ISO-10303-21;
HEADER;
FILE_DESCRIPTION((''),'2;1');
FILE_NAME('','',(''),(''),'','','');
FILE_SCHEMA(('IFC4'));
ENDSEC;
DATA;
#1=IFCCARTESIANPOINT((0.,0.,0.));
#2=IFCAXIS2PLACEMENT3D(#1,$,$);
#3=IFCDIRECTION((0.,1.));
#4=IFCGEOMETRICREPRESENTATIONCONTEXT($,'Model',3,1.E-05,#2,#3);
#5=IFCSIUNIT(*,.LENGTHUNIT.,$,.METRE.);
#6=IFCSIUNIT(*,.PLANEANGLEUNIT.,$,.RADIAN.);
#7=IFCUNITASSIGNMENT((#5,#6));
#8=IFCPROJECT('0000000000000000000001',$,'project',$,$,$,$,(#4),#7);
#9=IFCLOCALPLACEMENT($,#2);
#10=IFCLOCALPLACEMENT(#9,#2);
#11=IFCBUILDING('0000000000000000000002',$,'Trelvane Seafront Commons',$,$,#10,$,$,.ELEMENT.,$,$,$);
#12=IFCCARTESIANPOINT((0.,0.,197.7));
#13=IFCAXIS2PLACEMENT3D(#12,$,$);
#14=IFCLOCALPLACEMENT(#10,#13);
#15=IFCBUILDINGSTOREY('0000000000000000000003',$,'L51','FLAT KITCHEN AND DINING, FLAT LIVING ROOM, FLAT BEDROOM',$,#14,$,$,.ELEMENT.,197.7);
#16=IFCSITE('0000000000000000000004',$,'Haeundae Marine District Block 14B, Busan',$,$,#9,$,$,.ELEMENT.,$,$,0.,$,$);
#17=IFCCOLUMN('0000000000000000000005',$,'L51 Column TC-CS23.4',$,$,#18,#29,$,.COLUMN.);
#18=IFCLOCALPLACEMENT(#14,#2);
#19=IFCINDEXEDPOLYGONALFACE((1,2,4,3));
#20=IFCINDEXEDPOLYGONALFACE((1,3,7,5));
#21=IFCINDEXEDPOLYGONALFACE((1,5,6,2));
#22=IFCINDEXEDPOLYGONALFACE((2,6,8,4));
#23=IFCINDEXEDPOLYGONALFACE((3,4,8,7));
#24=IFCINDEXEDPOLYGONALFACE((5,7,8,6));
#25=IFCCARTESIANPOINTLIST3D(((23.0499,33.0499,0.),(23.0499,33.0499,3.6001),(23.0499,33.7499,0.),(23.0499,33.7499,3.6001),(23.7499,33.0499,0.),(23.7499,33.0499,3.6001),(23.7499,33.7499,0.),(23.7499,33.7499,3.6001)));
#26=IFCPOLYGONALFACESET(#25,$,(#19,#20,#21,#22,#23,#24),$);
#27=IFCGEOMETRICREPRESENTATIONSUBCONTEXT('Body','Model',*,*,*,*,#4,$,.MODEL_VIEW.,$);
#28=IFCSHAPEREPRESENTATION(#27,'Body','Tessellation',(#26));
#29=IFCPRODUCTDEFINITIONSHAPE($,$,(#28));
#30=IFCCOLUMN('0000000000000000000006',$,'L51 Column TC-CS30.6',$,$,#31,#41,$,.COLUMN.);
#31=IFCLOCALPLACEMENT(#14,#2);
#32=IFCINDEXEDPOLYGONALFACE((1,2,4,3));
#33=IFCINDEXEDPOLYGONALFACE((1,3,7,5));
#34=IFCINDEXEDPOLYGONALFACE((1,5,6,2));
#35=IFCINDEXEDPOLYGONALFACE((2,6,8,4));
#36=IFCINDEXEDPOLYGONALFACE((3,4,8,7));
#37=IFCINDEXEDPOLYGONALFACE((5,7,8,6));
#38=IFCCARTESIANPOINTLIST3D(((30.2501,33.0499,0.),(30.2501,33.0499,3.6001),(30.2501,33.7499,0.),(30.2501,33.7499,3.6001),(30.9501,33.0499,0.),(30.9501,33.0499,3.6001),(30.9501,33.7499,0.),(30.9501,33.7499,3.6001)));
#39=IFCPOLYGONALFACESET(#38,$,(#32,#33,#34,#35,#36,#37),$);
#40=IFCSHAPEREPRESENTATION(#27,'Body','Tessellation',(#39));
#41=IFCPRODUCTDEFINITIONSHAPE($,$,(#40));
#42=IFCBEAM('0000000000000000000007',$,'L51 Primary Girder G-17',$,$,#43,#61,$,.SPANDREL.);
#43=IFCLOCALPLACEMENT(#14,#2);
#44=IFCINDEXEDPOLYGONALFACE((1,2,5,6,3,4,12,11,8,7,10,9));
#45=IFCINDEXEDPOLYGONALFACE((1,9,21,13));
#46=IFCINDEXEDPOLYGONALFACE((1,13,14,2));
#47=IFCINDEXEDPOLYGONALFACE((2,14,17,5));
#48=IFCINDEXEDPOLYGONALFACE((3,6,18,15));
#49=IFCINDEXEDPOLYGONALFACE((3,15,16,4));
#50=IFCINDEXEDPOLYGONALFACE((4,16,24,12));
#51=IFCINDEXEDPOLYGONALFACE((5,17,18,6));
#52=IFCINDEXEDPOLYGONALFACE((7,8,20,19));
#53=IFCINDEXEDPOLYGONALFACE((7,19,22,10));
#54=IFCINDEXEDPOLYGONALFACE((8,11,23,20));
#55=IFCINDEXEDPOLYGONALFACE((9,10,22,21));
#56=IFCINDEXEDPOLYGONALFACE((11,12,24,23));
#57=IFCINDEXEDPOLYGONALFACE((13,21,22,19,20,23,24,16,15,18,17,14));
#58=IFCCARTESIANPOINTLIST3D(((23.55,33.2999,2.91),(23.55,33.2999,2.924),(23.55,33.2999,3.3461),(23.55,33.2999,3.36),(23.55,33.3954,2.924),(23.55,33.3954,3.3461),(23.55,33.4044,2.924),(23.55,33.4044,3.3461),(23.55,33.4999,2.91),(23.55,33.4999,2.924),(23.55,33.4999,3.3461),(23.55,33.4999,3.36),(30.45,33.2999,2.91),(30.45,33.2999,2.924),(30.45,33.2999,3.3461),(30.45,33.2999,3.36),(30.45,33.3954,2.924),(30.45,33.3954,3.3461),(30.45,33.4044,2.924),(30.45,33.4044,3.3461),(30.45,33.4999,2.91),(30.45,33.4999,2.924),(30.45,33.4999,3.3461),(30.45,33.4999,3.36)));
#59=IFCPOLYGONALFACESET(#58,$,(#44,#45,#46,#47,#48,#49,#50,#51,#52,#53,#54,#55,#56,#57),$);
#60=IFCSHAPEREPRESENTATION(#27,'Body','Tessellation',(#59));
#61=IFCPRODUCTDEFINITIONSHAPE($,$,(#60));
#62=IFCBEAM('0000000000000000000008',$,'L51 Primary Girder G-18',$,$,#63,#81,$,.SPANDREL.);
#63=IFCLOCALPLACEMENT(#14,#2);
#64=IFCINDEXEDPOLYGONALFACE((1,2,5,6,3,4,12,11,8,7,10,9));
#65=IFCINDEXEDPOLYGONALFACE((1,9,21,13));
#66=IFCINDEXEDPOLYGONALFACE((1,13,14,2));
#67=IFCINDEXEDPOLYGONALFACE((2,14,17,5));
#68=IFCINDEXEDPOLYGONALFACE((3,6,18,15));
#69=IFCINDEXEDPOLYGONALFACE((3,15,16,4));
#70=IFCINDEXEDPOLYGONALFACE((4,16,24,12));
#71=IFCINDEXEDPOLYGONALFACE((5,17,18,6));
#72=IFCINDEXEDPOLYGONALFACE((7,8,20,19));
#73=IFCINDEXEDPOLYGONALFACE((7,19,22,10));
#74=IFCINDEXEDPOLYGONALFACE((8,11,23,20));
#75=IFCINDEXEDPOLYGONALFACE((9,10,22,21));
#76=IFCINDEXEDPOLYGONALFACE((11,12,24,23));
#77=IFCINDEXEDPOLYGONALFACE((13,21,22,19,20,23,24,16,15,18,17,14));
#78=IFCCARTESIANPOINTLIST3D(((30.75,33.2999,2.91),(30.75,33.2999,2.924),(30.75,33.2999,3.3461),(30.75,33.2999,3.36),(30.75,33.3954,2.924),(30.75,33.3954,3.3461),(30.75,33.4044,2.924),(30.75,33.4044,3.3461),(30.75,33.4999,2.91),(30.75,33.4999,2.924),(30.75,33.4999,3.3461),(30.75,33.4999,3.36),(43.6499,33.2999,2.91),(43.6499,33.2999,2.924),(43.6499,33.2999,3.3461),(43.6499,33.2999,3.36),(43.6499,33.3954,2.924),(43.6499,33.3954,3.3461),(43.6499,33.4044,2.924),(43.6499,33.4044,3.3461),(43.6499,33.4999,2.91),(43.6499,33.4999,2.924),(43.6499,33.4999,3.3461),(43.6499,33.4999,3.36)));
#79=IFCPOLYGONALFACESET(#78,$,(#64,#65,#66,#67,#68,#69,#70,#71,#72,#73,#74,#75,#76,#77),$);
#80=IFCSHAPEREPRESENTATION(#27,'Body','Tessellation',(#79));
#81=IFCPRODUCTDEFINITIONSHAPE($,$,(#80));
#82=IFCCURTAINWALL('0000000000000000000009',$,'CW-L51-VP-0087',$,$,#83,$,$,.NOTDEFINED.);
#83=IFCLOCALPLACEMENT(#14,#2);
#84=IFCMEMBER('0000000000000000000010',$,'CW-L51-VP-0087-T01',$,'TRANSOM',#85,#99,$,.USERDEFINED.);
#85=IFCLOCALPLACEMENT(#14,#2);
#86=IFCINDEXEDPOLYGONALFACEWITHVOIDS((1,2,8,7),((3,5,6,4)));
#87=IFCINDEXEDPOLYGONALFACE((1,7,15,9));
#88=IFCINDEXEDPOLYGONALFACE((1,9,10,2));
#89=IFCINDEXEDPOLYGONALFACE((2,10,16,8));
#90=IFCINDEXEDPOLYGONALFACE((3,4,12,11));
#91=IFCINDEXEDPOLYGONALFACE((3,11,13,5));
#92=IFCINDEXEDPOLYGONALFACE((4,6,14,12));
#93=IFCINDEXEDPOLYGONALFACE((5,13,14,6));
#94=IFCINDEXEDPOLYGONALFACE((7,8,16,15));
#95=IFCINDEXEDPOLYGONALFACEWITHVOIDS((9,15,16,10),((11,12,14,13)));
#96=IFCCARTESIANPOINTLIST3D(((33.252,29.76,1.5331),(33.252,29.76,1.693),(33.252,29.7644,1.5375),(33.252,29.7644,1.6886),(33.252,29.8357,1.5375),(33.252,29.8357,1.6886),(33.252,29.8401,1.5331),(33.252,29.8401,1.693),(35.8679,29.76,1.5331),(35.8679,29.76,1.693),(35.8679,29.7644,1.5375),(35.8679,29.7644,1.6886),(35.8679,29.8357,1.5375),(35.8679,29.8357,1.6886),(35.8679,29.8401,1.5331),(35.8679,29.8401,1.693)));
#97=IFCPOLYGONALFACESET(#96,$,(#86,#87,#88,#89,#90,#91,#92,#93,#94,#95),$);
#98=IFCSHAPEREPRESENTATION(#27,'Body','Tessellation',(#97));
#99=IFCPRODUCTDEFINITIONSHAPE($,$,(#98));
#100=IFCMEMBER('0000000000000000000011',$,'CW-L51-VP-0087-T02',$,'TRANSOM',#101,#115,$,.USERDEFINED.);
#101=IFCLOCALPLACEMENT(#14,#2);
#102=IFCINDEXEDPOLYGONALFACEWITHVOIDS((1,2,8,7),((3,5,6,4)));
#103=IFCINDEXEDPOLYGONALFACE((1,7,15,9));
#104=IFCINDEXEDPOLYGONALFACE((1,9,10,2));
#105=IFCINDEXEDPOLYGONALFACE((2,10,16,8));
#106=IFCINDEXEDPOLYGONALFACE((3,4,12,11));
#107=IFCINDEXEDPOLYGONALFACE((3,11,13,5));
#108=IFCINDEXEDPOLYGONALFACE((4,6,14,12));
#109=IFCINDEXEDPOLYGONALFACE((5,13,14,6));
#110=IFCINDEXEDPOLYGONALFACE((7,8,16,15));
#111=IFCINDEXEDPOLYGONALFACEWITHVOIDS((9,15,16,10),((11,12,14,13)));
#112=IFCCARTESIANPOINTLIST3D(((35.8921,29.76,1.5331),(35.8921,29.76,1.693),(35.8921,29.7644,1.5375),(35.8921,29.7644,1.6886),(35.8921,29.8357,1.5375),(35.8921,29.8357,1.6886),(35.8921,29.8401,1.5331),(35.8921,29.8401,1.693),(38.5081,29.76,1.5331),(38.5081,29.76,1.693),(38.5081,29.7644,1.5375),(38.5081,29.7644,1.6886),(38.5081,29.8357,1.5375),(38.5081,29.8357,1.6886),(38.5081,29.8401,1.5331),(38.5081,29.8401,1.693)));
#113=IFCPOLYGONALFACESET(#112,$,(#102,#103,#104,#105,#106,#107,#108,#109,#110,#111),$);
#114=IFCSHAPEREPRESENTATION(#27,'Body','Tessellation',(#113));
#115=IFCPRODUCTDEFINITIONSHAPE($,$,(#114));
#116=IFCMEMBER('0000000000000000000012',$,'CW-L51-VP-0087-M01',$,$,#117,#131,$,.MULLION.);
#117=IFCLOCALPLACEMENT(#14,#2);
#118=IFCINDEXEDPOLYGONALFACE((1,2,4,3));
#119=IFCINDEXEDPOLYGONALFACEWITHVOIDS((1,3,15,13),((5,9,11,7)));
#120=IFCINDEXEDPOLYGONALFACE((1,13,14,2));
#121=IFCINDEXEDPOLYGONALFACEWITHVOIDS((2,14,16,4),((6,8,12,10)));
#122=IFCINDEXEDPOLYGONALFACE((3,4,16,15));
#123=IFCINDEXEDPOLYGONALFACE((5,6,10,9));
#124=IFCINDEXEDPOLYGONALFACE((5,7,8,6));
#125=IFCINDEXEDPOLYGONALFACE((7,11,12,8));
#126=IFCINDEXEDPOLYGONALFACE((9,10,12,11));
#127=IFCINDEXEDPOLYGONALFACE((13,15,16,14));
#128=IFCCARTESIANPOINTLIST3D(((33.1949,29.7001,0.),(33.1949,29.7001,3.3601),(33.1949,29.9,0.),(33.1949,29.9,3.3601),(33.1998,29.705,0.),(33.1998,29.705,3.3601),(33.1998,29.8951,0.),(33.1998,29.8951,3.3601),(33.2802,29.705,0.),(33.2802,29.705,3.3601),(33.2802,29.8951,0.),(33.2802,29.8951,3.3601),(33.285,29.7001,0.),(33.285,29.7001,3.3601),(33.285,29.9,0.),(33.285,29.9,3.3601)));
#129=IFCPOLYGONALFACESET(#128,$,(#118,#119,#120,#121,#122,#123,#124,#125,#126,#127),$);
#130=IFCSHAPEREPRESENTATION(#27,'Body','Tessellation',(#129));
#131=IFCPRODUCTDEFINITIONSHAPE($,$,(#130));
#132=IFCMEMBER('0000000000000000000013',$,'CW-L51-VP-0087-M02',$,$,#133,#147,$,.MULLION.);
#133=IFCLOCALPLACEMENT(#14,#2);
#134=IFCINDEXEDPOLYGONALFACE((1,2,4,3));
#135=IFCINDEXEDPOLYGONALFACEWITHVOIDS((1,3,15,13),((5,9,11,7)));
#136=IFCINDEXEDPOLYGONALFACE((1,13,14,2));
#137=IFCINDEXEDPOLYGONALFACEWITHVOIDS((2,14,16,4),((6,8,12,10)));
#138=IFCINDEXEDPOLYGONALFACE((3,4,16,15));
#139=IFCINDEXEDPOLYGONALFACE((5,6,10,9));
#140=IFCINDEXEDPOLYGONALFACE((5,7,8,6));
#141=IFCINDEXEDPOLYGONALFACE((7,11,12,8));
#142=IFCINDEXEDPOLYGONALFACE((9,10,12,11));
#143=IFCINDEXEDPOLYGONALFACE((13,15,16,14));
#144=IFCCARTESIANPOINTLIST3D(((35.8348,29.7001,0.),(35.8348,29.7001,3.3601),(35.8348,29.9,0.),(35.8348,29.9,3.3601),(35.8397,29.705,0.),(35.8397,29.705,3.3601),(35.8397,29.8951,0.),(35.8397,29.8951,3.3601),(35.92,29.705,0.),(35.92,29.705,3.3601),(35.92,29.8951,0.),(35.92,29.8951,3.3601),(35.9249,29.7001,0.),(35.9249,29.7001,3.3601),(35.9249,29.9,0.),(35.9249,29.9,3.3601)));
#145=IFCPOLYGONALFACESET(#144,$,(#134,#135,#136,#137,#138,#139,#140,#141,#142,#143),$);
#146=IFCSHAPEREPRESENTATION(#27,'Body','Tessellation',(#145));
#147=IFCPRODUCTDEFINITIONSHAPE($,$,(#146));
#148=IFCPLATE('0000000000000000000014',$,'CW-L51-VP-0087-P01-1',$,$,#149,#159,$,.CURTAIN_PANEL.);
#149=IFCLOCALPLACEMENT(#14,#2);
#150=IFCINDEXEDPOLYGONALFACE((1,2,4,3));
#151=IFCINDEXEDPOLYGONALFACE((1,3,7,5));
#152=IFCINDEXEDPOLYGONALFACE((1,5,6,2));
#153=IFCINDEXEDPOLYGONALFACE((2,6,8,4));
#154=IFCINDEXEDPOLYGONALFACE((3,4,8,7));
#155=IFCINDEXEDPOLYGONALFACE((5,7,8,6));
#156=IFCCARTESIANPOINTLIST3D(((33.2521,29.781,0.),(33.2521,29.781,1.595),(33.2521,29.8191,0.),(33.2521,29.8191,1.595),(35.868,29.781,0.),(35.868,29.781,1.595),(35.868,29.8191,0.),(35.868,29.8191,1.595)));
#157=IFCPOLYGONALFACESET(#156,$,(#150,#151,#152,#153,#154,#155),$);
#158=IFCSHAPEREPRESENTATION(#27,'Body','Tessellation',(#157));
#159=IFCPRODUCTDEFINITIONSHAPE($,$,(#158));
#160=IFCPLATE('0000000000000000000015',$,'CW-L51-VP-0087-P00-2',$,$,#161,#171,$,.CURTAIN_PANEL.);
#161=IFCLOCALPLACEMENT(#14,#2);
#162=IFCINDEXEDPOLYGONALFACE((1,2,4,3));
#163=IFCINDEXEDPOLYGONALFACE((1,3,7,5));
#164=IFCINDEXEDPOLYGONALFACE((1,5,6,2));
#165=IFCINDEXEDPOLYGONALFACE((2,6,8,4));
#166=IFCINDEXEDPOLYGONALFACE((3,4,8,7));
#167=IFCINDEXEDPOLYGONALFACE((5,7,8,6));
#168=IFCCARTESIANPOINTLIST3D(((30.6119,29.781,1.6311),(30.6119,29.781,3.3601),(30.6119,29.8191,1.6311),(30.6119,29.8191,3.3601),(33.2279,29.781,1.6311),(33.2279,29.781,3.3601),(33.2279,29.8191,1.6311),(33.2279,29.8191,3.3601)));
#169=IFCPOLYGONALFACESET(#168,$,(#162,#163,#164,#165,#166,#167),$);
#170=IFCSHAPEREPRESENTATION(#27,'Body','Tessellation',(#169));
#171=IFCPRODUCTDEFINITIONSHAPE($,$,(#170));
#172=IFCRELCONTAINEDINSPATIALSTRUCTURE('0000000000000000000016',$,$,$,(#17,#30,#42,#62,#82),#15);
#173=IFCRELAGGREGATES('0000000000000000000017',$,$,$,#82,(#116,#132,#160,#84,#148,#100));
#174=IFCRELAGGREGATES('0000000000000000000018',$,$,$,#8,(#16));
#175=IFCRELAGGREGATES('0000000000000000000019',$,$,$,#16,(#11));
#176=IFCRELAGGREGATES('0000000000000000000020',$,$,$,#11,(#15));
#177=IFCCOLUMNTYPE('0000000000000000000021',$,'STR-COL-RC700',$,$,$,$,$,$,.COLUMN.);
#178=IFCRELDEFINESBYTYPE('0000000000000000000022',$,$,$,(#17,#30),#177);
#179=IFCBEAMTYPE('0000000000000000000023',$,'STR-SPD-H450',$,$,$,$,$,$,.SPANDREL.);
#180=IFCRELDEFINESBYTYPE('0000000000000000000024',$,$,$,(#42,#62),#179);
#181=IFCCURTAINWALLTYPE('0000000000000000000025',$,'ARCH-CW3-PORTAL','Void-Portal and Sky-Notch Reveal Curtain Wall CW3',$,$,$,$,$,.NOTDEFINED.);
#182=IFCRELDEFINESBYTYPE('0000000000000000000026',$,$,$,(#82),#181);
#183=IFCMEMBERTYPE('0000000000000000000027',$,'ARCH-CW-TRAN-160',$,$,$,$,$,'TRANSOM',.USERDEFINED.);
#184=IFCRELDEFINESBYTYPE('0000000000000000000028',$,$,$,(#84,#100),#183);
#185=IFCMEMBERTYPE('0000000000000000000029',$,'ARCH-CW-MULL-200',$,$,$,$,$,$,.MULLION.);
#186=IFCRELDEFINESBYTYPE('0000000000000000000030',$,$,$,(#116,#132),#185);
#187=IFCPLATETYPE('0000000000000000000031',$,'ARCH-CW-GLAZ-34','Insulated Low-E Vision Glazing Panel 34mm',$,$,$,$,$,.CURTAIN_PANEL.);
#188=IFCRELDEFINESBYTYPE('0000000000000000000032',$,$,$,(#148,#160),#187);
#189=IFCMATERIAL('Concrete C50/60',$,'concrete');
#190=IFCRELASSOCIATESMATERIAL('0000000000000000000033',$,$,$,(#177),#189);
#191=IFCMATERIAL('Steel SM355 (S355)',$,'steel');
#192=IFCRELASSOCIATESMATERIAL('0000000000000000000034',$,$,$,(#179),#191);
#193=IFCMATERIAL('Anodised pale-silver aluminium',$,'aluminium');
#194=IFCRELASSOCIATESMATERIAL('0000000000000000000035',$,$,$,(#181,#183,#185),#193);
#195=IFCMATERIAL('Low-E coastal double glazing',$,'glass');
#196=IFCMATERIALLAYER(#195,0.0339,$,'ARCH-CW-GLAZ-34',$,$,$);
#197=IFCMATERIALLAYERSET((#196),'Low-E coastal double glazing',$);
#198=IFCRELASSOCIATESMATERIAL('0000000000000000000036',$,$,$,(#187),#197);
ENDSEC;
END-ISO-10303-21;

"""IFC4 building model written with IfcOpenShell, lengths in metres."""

from ifc_helpers import new_model, si_unit, direction, frame, origin, origin_2d, place, context, subcontext, project, spatial, rectangle, hollow_rectangle, i_section, extrude, source, transform, mapped, material, layer, layer_set, material_profile, profile_set, type_object, element, aggregate, save


model = new_model("IFC4")

# Units and contexts
model_context = context("Model", 3, precision=1e-05, world=origin(), true_north=direction((0.0, 1.0)))
body_context = subcontext(model_context, "Body", "Model", "MODEL_VIEW")
ifc_project = project(units=[si_unit("LENGTHUNIT", "METRE"), si_unit("PLANEANGLEUNIT", "RADIAN")], contexts=[model_context])

# Site, building, storey
site_placement = place(None, origin())
site = spatial("IfcSite", under=ifc_project, at=site_placement, Name="Haeundae Marine District Block 14B, Busan", CompositionType="ELEMENT", RefElevation=0.0)
building_placement = place(site_placement, origin())
building = spatial("IfcBuilding", under=site, at=building_placement, Name="Trelvane Seafront Commons", CompositionType="ELEMENT")
storey_placement = place(building_placement, frame((0.0, 0.0, 197.7)))
storey = spatial("IfcBuildingStorey", under=building, at=storey_placement, Name="L51", Description="FLAT KITCHEN AND DINING, FLAT LIVING ROOM, FLAT BEDROOM", CompositionType="ELEMENT", Elevation=197.7)

# Columns
ifc_material_1 = material(Name="Concrete C50/60", Category="concrete")
ifc_material_profile_1 = material_profile(ifc_material_1, rectangle(XDim=0.7, YDim=0.7, at=origin_2d()), Name="RC-700x700")
ifc_profile_set_1 = profile_set([ifc_material_profile_1], Name="Concrete C50/60")
column_type = type_object("IfcColumnType", Name="STR-COL-RC700", PredefinedType="COLUMN", material=ifc_profile_set_1)
shared_shape_1 = source(origin(), body_context, "Body", "SweptSolid", [
    extrude(rectangle(XDim=0.7, YDim=0.7, at=origin_2d()), origin(), (0.0, 0.0, 1.0), 3.6001),
])
for number, where, z_axis, x_axis, name in (
    (1, (23.3999, 33.3999, 0.0), (0.0, 0.0, 1.0), (1.0, 0.0, 0.0), "L51 Column TC-CS23.4"),
    (2, (30.6001, 33.3999, 0.0), (0.0, 0.0, 1.0), (1.0, 0.0, 0.0), "L51 Column TC-CS30.6"),
):
    element("IfcColumn", number, at=place(storey_placement, frame(where, z_axis=z_axis, x_axis=x_axis)), inside=storey, type_object=column_type, Name=name, PredefinedType="COLUMN", context=body_context, shape_type="MappedRepresentation", body=[
        mapped(shared_shape_1, transform((0.0, 0.0, 0.0), x_axis=(1.0, 0.0, 0.0), y_axis=(0.0, 1.0, 0.0), z_axis=(0.0, 0.0, 1.0), scale=1.0)),
    ])

# Beams
ifc_material_2 = material(Name="Steel SM355 (S355)", Category="steel")
ifc_material_profile_2 = material_profile(ifc_material_2, i_section(OverallWidth=0.2, OverallDepth=0.45, WebThickness=0.009, FlangeThickness=0.0139, at=origin_2d()), Name="H-450x200x9x14")
ifc_profile_set_2 = profile_set([ifc_material_profile_2], Name="Steel SM355 (S355)")
beam_type = type_object("IfcBeamType", Name="STR-SPD-H450", PredefinedType="SPANDREL", material=ifc_profile_set_2)
shared_shape_2 = source(origin(), body_context, "Body", "SweptSolid", [
    extrude(i_section(OverallWidth=0.2, OverallDepth=0.45, WebThickness=0.009, FlangeThickness=0.0139, at=origin_2d()), origin(), (0.0, 0.0, 1.0), 6.8999),
])
beam_1_placement = place(storey_placement, frame((23.55, 33.3999, 3.135), z_axis=(1.0, 0.0, 0.0), x_axis=(0.0, 1.0, 0.0)))
element("IfcBeam", 3, at=beam_1_placement, inside=storey, type_object=beam_type, Name="L51 Primary Girder G-17", PredefinedType="SPANDREL", context=body_context, shape_type="MappedRepresentation", body=[
    mapped(shared_shape_2, transform((0.0, 0.0, 0.0), x_axis=(1.0, 0.0, 0.0), y_axis=(0.0, 1.0, 0.0), z_axis=(0.0, 0.0, 1.0), scale=1.0)),
])
shared_shape_3 = source(origin(), body_context, "Body", "SweptSolid", [
    extrude(i_section(OverallWidth=0.2, OverallDepth=0.45, WebThickness=0.009, FlangeThickness=0.0139, at=origin_2d()), origin(), (0.0, 0.0, 1.0), 12.8999),
])
beam_2_placement = place(storey_placement, frame((30.75, 33.3999, 3.135), z_axis=(1.0, 0.0, 0.0), x_axis=(0.0, 1.0, 0.0)))
element("IfcBeam", 4, at=beam_2_placement, inside=storey, type_object=beam_type, Name="L51 Primary Girder G-18", PredefinedType="SPANDREL", context=body_context, shape_type="MappedRepresentation", body=[
    mapped(shared_shape_3, transform((0.0, 0.0, 0.0), x_axis=(1.0, 0.0, 0.0), y_axis=(0.0, 1.0, 0.0), z_axis=(0.0, 0.0, 1.0), scale=1.0)),
])

# Curtain wall, members, plates
ifc_material_3 = material(Name="Anodised pale-silver aluminium", Category="aluminium")
curtain_wall_type = type_object("IfcCurtainWallType", Name="ARCH-CW3-PORTAL", Description="Void-Portal and Sky-Notch Reveal Curtain Wall CW3", PredefinedType="NOTDEFINED", material=ifc_material_3)
curtain_wall_placement = place(storey_placement, origin())
curtain_wall = element("IfcCurtainWall", 5, at=curtain_wall_placement, inside=storey, type_object=curtain_wall_type, Name="CW-L51-VP-0087", PredefinedType="NOTDEFINED")
ifc_material_profile_3 = material_profile(ifc_material_3, hollow_rectangle(XDim=0.0801, YDim=0.1599, WallThickness=0.0044, at=origin_2d()), Name="TRAN-80x160x4.5")
ifc_profile_set_3 = profile_set([ifc_material_profile_3], Name="Anodised pale-silver aluminium")
member_type_1 = type_object("IfcMemberType", Name="ARCH-CW-TRAN-160", ElementType="TRANSOM", PredefinedType="USERDEFINED", material=ifc_profile_set_3)
shared_shape_4 = source(origin(), body_context, "Body", "SweptSolid", [
    extrude(hollow_rectangle(XDim=0.0801, YDim=0.1599, WallThickness=0.0044, at=origin_2d()), origin(), (0.0, 0.0, 1.0), 2.616),
])
member_1_placement = place(storey_placement, frame((33.252, 29.8, 1.613), z_axis=(1.0, 0.0, 0.0), x_axis=(0.0, 1.0, 0.0)))
member_1 = element("IfcMember", 6, at=member_1_placement, type_object=member_type_1, Name="CW-L51-VP-0087-T01", ObjectType="TRANSOM", PredefinedType="USERDEFINED", context=body_context, shape_type="MappedRepresentation", body=[
    mapped(shared_shape_4, transform((0.0, 0.0, 0.0), x_axis=(1.0, 0.0, 0.0), y_axis=(0.0, 1.0, 0.0), z_axis=(0.0, 0.0, 1.0), scale=1.0)),
])
member_2_placement = place(storey_placement, frame((35.8921, 29.8, 1.613), z_axis=(1.0, 0.0, 0.0), x_axis=(0.0, 1.0, 0.0)))
member_2 = element("IfcMember", 7, at=member_2_placement, type_object=member_type_1, Name="CW-L51-VP-0087-T02", ObjectType="TRANSOM", PredefinedType="USERDEFINED", context=body_context, shape_type="MappedRepresentation", body=[
    mapped(shared_shape_4, transform((0.0, 0.0, 0.0), x_axis=(1.0, 0.0, 0.0), y_axis=(0.0, 1.0, 0.0), z_axis=(0.0, 0.0, 1.0), scale=1.0)),
])
ifc_material_profile_4 = material_profile(ifc_material_3, hollow_rectangle(XDim=0.0901, YDim=0.2, WallThickness=0.0049, at=origin_2d()), Name="MULL-90x200x5")
ifc_profile_set_4 = profile_set([ifc_material_profile_4], Name="Anodised pale-silver aluminium")
member_type_2 = type_object("IfcMemberType", Name="ARCH-CW-MULL-200", PredefinedType="MULLION", material=ifc_profile_set_4)
shared_shape_5 = source(origin(), body_context, "Body", "SweptSolid", [
    extrude(hollow_rectangle(XDim=0.0901, YDim=0.2, WallThickness=0.0049, at=origin_2d()), origin(), (0.0, 0.0, 1.0), 3.3601),
])
member_3_placement = place(storey_placement, frame((33.24, 29.8, 0.0), z_axis=(0.0, 0.0, 1.0), x_axis=(1.0, 0.0, 0.0)))
member_3 = element("IfcMember", 8, at=member_3_placement, type_object=member_type_2, Name="CW-L51-VP-0087-M01", PredefinedType="MULLION", context=body_context, shape_type="MappedRepresentation", body=[
    mapped(shared_shape_5, transform((0.0, 0.0, 0.0), x_axis=(1.0, 0.0, 0.0), y_axis=(0.0, 1.0, 0.0), z_axis=(0.0, 0.0, 1.0), scale=1.0)),
])
member_4_placement = place(storey_placement, frame((35.8799, 29.8, 0.0), z_axis=(0.0, 0.0, 1.0), x_axis=(1.0, 0.0, 0.0)))
member_4 = element("IfcMember", 9, at=member_4_placement, type_object=member_type_2, Name="CW-L51-VP-0087-M02", PredefinedType="MULLION", context=body_context, shape_type="MappedRepresentation", body=[
    mapped(shared_shape_5, transform((0.0, 0.0, 0.0), x_axis=(1.0, 0.0, 0.0), y_axis=(0.0, 1.0, 0.0), z_axis=(0.0, 0.0, 1.0), scale=1.0)),
])
ifc_material_4 = material(Name="Low-E coastal double glazing", Category="glass")
ifc_layer_1 = layer(ifc_material_4, 0.0339, Name="ARCH-CW-GLAZ-34")
ifc_layer_set_1 = layer_set([ifc_layer_1], Name="Low-E coastal double glazing")
plate_type = type_object("IfcPlateType", Name="ARCH-CW-GLAZ-34", Description="Insulated Low-E Vision Glazing Panel 34mm", PredefinedType="CURTAIN_PANEL", material=ifc_layer_set_1)
shared_shape_6 = source(origin(), body_context, "Body", "SweptSolid", [
    extrude(rectangle(XDim=2.616, YDim=0.0381, at=origin_2d()), origin(), (0.0, 0.0, 1.0), 1.595),
])
plate_1_placement = place(storey_placement, frame((34.5601, 29.8, 0.0), z_axis=(0.0, 0.0, 1.0), x_axis=(1.0, 0.0, 0.0)))
plate_1 = element("IfcPlate", 10, at=plate_1_placement, type_object=plate_type, Name="CW-L51-VP-0087-P01-1", PredefinedType="CURTAIN_PANEL", context=body_context, shape_type="MappedRepresentation", body=[
    mapped(shared_shape_6, transform((0.0, 0.0, 0.0), x_axis=(1.0, 0.0, 0.0), y_axis=(0.0, 1.0, 0.0), z_axis=(0.0, 0.0, 1.0), scale=1.0)),
])
shared_shape_7 = source(origin(), body_context, "Body", "SweptSolid", [
    extrude(rectangle(XDim=2.616, YDim=0.0381, at=origin_2d()), origin(), (0.0, 0.0, 1.0), 1.729),
])
plate_2_placement = place(storey_placement, frame((31.9199, 29.8, 1.6311), z_axis=(0.0, 0.0, 1.0), x_axis=(1.0, 0.0, 0.0)))
plate_2 = element("IfcPlate", 11, at=plate_2_placement, type_object=plate_type, Name="CW-L51-VP-0087-P00-2", PredefinedType="CURTAIN_PANEL", context=body_context, shape_type="MappedRepresentation", body=[
    mapped(shared_shape_7, transform((0.0, 0.0, 0.0), x_axis=(1.0, 0.0, 0.0), y_axis=(0.0, 1.0, 0.0), z_axis=(0.0, 0.0, 1.0), scale=1.0)),
])
aggregate(curtain_wall, [member_3, member_4, plate_2, member_1, plate_1, member_2])

save(model, "model.ifc")
